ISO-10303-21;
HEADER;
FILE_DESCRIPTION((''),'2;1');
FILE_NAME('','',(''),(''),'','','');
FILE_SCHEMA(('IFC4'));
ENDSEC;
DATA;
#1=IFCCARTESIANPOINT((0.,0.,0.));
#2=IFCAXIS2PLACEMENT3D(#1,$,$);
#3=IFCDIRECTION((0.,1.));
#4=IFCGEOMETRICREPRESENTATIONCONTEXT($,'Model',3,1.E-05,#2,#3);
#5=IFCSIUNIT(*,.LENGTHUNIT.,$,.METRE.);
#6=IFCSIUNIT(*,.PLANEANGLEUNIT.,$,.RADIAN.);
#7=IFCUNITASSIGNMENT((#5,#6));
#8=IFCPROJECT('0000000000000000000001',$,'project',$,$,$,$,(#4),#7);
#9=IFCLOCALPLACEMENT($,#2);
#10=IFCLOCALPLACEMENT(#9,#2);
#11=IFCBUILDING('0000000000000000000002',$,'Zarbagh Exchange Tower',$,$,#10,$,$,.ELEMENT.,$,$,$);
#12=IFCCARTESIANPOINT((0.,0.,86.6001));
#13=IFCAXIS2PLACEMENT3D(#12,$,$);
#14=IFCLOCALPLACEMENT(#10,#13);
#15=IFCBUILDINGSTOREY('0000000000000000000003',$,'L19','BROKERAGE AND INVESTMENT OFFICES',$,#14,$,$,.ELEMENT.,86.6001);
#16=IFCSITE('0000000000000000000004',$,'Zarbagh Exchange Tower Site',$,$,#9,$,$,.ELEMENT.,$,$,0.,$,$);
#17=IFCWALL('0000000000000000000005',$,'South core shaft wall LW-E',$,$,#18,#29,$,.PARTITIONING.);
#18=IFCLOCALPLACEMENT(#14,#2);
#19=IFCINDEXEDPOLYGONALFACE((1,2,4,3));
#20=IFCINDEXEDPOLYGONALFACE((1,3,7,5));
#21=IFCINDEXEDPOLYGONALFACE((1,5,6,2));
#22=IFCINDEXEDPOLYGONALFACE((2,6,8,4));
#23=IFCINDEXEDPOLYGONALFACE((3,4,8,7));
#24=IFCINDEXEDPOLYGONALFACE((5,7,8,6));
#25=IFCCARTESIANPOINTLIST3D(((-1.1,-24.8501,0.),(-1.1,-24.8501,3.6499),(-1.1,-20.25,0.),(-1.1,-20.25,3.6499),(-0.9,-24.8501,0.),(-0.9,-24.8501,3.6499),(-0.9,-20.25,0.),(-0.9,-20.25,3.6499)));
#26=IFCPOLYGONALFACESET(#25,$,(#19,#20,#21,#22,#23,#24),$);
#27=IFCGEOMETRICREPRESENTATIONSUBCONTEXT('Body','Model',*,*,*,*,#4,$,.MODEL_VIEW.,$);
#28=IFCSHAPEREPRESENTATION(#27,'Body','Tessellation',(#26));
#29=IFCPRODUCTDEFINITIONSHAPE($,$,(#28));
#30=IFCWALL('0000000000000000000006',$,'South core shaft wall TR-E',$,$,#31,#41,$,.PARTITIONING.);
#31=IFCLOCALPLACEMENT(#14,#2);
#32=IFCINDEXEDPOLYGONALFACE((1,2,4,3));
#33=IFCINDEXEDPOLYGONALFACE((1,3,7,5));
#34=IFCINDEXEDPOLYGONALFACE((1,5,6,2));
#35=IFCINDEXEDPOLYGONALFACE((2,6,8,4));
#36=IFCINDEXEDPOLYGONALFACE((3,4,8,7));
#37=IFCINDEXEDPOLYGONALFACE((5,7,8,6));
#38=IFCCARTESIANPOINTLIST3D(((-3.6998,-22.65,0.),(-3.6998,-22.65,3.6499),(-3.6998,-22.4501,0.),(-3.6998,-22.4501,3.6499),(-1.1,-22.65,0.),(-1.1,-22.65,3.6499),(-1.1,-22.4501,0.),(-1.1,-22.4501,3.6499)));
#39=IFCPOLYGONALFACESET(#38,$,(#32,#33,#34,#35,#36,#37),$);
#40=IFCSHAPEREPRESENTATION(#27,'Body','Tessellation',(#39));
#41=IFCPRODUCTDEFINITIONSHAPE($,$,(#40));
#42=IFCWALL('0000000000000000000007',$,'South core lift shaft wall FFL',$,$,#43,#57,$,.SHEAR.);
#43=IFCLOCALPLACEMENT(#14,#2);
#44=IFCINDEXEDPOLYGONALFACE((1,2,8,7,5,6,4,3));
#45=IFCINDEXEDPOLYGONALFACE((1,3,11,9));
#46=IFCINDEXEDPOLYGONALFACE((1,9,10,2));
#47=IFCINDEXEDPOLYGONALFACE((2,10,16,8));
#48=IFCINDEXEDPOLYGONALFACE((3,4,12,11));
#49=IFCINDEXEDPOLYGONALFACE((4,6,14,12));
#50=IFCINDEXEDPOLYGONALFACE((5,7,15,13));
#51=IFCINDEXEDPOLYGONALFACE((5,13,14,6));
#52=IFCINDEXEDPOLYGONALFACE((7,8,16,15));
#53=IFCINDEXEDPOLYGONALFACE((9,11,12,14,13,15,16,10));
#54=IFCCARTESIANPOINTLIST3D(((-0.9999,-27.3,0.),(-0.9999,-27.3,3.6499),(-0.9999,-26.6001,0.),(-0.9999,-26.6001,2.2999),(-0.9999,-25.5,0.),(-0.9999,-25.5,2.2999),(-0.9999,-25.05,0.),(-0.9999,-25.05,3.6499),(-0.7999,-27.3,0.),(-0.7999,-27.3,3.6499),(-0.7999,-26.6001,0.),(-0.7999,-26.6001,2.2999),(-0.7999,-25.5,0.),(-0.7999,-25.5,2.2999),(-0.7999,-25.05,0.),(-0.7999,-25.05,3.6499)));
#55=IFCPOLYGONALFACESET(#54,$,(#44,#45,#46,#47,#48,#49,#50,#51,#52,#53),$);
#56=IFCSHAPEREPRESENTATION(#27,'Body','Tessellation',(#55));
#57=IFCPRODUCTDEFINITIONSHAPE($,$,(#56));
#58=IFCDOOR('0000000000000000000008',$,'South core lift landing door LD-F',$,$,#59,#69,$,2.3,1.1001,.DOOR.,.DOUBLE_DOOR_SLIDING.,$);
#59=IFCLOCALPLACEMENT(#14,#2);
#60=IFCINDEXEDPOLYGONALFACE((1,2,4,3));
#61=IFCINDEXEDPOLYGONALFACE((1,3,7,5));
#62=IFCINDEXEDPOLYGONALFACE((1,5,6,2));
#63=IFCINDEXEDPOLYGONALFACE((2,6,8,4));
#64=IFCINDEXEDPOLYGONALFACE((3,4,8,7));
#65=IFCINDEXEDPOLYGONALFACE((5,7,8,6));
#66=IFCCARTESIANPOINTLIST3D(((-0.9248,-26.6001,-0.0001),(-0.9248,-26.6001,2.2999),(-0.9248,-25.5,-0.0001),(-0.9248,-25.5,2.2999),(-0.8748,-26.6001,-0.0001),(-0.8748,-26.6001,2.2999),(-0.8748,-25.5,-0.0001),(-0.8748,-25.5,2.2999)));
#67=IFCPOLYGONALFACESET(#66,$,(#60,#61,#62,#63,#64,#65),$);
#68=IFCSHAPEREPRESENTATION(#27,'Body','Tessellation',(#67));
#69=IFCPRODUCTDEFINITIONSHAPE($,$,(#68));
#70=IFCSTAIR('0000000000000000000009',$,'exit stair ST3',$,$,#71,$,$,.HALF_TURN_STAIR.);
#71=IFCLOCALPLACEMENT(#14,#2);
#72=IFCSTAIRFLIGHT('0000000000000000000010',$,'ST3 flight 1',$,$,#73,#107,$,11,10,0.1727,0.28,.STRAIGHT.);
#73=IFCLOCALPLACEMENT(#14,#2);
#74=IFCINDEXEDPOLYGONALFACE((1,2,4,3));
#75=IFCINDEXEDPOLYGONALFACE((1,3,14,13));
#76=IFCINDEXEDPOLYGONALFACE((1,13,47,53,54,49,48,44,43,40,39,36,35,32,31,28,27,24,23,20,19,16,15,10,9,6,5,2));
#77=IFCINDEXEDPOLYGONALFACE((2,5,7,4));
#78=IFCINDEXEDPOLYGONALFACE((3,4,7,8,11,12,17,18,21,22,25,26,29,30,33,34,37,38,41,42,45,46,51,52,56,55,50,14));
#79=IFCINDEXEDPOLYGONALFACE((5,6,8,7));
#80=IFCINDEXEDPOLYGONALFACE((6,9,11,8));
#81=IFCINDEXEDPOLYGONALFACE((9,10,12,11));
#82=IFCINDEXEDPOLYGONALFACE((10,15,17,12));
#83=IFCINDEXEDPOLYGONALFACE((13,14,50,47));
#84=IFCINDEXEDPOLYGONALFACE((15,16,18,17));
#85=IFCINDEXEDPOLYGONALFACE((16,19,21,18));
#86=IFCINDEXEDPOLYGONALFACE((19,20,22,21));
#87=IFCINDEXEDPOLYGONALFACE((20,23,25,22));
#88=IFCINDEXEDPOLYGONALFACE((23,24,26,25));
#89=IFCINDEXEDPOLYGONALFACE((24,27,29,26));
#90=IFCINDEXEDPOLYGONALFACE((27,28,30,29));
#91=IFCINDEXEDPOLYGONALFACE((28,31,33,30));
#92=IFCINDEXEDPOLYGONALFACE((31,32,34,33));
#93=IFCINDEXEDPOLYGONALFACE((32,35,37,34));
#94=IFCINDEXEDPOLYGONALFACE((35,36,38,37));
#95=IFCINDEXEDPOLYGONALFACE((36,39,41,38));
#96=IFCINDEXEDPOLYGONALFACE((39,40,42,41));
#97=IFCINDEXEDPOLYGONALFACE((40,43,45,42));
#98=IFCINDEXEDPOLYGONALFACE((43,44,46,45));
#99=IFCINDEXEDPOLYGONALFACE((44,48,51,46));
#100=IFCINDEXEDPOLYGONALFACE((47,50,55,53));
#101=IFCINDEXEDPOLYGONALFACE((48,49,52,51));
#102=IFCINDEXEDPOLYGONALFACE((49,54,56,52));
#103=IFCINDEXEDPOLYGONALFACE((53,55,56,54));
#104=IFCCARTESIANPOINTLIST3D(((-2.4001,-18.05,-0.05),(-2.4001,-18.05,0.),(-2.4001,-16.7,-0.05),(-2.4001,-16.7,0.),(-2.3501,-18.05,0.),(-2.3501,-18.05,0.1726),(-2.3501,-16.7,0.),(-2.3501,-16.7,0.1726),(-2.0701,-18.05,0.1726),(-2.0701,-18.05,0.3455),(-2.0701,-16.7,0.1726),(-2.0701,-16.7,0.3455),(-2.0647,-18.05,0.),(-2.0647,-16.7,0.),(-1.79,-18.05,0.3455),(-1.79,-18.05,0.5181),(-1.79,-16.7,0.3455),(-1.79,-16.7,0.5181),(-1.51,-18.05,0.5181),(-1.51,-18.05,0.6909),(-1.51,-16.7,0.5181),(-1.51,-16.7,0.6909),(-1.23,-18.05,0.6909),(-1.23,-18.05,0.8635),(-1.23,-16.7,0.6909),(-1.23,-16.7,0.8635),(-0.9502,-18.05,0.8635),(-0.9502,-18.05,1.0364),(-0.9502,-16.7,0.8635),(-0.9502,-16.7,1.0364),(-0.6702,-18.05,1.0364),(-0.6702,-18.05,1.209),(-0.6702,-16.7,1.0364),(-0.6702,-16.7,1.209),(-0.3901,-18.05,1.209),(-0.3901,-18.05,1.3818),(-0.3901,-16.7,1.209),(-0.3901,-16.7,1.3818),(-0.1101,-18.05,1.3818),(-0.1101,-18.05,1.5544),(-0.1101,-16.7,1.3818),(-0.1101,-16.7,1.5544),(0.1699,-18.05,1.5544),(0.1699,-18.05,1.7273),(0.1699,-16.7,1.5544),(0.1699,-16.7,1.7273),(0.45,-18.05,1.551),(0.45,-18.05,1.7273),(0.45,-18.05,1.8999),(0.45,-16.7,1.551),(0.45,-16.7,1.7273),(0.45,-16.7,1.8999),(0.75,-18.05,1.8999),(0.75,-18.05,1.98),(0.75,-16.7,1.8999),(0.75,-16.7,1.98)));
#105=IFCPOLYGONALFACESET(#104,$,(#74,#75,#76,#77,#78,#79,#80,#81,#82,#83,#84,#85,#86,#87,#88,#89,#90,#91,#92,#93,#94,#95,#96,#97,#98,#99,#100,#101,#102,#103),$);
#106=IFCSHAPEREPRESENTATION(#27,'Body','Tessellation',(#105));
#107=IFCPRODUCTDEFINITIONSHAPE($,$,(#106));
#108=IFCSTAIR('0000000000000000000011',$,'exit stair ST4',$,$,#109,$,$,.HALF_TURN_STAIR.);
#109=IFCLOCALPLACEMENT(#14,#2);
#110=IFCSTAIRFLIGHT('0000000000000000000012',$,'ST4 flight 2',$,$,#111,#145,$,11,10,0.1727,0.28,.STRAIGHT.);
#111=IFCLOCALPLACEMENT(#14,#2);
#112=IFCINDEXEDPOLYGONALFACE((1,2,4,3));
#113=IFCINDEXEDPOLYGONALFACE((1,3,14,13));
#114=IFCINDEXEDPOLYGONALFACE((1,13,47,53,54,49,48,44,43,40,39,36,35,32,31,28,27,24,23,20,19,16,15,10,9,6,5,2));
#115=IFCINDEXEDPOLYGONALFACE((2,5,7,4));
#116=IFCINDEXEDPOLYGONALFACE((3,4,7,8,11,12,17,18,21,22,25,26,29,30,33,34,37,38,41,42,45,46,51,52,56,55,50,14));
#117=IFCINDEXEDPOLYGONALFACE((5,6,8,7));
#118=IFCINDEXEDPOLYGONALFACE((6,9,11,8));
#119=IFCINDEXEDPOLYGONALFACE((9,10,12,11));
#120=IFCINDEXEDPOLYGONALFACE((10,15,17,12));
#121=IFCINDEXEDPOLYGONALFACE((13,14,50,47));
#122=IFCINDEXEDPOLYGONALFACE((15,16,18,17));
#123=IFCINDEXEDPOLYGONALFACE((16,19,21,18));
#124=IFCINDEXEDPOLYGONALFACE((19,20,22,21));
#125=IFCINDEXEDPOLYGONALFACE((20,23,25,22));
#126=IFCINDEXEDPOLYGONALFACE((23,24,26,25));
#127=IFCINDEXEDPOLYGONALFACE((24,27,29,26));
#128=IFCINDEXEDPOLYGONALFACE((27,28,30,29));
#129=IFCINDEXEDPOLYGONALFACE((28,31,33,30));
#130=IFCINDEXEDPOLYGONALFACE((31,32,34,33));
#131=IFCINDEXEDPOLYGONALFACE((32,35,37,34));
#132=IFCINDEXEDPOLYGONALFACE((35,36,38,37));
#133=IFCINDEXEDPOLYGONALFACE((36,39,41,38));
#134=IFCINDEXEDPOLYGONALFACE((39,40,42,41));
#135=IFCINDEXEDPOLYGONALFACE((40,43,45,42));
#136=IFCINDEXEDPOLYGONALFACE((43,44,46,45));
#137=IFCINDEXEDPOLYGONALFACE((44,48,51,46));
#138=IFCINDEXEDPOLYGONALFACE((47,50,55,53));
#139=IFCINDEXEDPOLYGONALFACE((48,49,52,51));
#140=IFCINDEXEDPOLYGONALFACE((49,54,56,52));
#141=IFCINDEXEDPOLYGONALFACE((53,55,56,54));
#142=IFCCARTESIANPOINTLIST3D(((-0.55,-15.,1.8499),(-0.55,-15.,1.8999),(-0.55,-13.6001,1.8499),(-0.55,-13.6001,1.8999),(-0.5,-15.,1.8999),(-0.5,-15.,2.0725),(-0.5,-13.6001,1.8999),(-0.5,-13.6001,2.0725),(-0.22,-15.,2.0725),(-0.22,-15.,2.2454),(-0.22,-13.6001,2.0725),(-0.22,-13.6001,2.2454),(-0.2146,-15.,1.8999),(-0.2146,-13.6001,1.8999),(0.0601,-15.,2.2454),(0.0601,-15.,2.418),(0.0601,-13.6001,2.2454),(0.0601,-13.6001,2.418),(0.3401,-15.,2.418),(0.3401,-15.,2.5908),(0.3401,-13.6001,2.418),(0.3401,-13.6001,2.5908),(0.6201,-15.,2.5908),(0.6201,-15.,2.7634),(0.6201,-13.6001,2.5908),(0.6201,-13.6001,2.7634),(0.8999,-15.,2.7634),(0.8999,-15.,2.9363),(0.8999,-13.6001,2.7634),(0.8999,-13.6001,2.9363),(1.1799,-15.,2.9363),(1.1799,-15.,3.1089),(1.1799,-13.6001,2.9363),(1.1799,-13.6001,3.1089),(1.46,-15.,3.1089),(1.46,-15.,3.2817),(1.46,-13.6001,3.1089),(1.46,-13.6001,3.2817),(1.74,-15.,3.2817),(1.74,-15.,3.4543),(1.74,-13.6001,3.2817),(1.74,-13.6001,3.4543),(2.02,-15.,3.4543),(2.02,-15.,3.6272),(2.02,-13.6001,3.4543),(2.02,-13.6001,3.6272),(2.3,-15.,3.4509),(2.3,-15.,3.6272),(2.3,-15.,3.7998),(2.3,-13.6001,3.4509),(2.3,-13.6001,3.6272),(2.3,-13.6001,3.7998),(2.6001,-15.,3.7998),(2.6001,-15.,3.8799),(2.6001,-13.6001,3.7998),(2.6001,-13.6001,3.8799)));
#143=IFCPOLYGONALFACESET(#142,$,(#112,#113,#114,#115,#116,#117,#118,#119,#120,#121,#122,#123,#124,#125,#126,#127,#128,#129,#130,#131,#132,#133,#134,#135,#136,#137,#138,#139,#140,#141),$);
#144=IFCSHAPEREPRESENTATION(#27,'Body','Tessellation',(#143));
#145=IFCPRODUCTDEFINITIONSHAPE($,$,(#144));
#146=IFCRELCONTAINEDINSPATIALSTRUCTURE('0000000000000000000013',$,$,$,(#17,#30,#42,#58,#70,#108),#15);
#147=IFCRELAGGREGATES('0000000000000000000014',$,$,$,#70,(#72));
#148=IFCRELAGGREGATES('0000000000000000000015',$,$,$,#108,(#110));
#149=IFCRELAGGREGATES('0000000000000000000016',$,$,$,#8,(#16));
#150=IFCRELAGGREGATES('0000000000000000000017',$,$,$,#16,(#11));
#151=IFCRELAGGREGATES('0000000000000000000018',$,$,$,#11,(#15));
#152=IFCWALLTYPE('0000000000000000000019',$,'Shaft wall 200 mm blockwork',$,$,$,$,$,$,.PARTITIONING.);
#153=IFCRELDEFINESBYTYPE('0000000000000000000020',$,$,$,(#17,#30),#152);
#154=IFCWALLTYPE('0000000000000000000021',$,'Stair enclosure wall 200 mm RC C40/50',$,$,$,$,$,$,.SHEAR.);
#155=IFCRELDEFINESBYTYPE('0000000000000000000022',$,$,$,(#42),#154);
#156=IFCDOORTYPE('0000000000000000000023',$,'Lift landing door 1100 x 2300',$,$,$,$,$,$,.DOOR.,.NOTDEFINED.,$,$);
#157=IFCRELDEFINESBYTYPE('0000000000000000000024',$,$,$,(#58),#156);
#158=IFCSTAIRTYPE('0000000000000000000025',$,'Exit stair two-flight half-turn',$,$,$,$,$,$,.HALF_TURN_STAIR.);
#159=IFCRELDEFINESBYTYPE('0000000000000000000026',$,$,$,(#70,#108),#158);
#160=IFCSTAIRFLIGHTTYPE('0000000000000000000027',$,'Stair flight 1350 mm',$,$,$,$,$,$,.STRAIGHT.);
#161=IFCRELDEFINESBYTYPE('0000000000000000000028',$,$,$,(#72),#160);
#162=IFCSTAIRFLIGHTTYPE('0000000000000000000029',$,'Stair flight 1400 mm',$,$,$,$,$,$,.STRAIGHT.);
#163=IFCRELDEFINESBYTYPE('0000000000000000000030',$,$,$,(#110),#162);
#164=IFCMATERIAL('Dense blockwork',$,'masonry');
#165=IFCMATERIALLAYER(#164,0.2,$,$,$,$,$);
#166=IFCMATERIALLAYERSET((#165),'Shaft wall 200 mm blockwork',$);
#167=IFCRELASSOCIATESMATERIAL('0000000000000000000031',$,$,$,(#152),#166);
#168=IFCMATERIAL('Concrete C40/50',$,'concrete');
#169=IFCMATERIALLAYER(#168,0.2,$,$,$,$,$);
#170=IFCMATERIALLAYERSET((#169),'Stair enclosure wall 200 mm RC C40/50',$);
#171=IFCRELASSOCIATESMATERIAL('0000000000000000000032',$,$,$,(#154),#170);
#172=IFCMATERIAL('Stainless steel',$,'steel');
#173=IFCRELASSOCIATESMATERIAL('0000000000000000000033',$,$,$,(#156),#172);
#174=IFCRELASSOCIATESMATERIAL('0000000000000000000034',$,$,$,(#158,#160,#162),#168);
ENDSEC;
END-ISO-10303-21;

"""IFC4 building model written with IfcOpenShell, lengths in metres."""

from ifc_helpers import new_model, si_unit, direction, frame, frame_2d, origin, place, context, subcontext, project, spatial, polyline, rectangle, outline, extrude, material, layer, layer_set, type_object, element, fill, aggregate, save


model = new_model("IFC4")

# Units and contexts
model_context = context("Model", 3, precision=1e-05, world=origin(), true_north=direction((0.0, 1.0)))
body_context = subcontext(model_context, "Body", "Model", "MODEL_VIEW")
ifc_project = project(units=[si_unit("LENGTHUNIT", "METRE"), si_unit("PLANEANGLEUNIT", "RADIAN")], contexts=[model_context])

# Site, building, storey
site_placement = place(None, origin())
site = spatial("IfcSite", under=ifc_project, at=site_placement, Name="Zarbagh Exchange Tower Site", CompositionType="ELEMENT", RefElevation=0.0)
building_placement = place(site_placement, origin())
building = spatial("IfcBuilding", under=site, at=building_placement, Name="Zarbagh Exchange Tower", CompositionType="ELEMENT")
storey_placement = place(building_placement, frame((0.0, 0.0, 86.6001)))
storey = spatial("IfcBuildingStorey", under=building, at=storey_placement, Name="L19", Description="BROKERAGE AND INVESTMENT OFFICES", CompositionType="ELEMENT", Elevation=86.6001)

# Shared definitions
ifc_material_1 = material(Name="Concrete C40/50", Category="concrete")

# Walls
ifc_material_2 = material(Name="Dense blockwork", Category="masonry")
ifc_layer_1 = layer(ifc_material_2, 0.2)
ifc_layer_set_1 = layer_set([ifc_layer_1], Name="Shaft wall 200 mm blockwork")
wall_type_1 = type_object("IfcWallType", Name="Shaft wall 200 mm blockwork", PredefinedType="PARTITIONING", material=ifc_layer_set_1)
wall_1_placement = place(storey_placement, frame((-1.0, -24.8501, 0.0), z_axis=(0.0, 0.0, 1.0), x_axis=(0.0, 1.0, 0.0)))
element("IfcWall", 1, at=wall_1_placement, inside=storey, type_object=wall_type_1, Name="South core shaft wall LW-E", PredefinedType="PARTITIONING", context=body_context, shape_type="SweptSolid", body=[
    extrude(rectangle(XDim=4.6001, YDim=0.2, at=frame_2d((2.3, 0.0))), origin(), (0.0, 0.0, 1.0), 3.6499),
])
wall_2_placement = place(storey_placement, frame((-1.1001, -22.55, 0.0), z_axis=(0.0, 0.0, 1.0), x_axis=(-1.0, 0.0, 0.0)))
element("IfcWall", 2, at=wall_2_placement, inside=storey, type_object=wall_type_1, Name="South core shaft wall TR-E", PredefinedType="PARTITIONING", context=body_context, shape_type="SweptSolid", body=[
    extrude(rectangle(XDim=2.5999, YDim=0.2, at=frame_2d((1.2998, 0.0))), origin(), (0.0, 0.0, 1.0), 3.6499),
])

# Wall, opening, door
ifc_layer_2 = layer(ifc_material_1, 0.2)
ifc_layer_set_2 = layer_set([ifc_layer_2], Name="Stair enclosure wall 200 mm RC C40/50")
wall_type_2 = type_object("IfcWallType", Name="Stair enclosure wall 200 mm RC C40/50", PredefinedType="SHEAR", material=ifc_layer_set_2)
wall_3_placement = place(storey_placement, frame((-0.8999, -27.3, 0.0), z_axis=(0.0, 0.0, 1.0), x_axis=(0.0, 1.0, 0.0)))
wall_3 = element("IfcWall", 3, at=wall_3_placement, inside=storey, type_object=wall_type_2, Name="South core lift shaft wall FFL", PredefinedType="SHEAR", context=body_context, shape_type="SweptSolid", body=[
    extrude(rectangle(XDim=2.25, YDim=0.2, at=frame_2d((1.125, 0.0))), origin(), (0.0, 0.0, 1.0), 3.6499),
])
opening_1_placement = place(wall_3_placement, frame((0.7, 0.0, 0.0)))
opening_1 = element("IfcOpeningElement", 4, at=opening_1_placement, cuts=wall_3, PredefinedType="OPENING", context=body_context, shape_type="SweptSolid", body=[
    extrude(rectangle(XDim=1.1001, YDim=2.3, at=frame_2d((0.55, 1.1499))), frame((0.0, 0.1099, 0.0), z_axis=(0.0, -1.0, 0.0), x_axis=(1.0, 0.0, 0.0)), (0.0, 0.0, 1.0), 0.22),
])
ifc_material_3 = material(Name="Stainless steel", Category="steel")
door_type_1 = type_object("IfcDoorType", Name="Lift landing door 1100 x 2300", OperationType="NOTDEFINED", PredefinedType="DOOR", material=ifc_material_3)
door_1_placement = place(opening_1_placement, origin())
door_1 = element("IfcDoor", 5, at=door_1_placement, inside=storey, type_object=door_type_1, Name="South core lift landing door LD-F", OperationType="DOUBLE_DOOR_SLIDING", OverallHeight=2.3, OverallWidth=1.1001, PredefinedType="DOOR", context=body_context, shape_type="SweptSolid", body=[
    extrude(rectangle(XDim=1.1001, YDim=2.3, at=frame_2d((0.55, 1.1499))), frame((0.0, 0.0249, 0.0), z_axis=(0.0, -1.0, 0.0), x_axis=(1.0, 0.0, 0.0)), (0.0, 0.0, 1.0), 0.05),
])
fill(opening_1, door_1)

# Stairs, stair flights
stair_type = type_object("IfcStairType", Name="Exit stair two-flight half-turn", PredefinedType="HALF_TURN_STAIR", material=ifc_material_1)
stair_1_placement = place(storey_placement, origin())
stair_1 = element("IfcStair", 6, at=stair_1_placement, inside=storey, type_object=stair_type, Name="exit stair ST3", PredefinedType="HALF_TURN_STAIR")
stair_flight_type_1 = type_object("IfcStairFlightType", Name="Stair flight 1350 mm", PredefinedType="STRAIGHT", material=ifc_material_1)
stair_flight_1_placement = place(storey_placement, frame((-2.3501, -17.375, 0.0), z_axis=(0.0, 0.0, 1.0), x_axis=(1.0, 0.0, 0.0)))
stair_flight_1 = element("IfcStairFlight", 7, at=stair_flight_1_placement, type_object=stair_flight_type_1, Name="ST3 flight 1", NumberOfRisers=11, NumberOfTreads=10, PredefinedType="STRAIGHT", RiserHeight=0.1727, TreadLength=0.28, context=body_context, shape_type="SweptSolid", body=[
    extrude(outline(polyline([(-0.05, -0.05), (-0.05, 0.0), (0.0, 0.0), (0.0, 0.1726), (0.28, 0.1726), (0.28, 0.3455), (0.5601, 0.3455), (0.5601, 0.5181), (0.8401, 0.5181), (0.8401, 0.6909), (1.1201, 0.6909), (1.1201, 0.8635), (1.3999, 0.8635), (1.3999, 1.0364), (1.6799, 1.0364), (1.6799, 1.209), (1.96, 1.209), (1.96, 1.3818), (2.24, 1.3818), (2.24, 1.5544), (2.52, 1.5544), (2.52, 1.7273), (2.8, 1.7273), (2.8, 1.8999), (3.1001, 1.98), (3.1001, 1.8999), (2.8, 1.551), (0.2854, 0.0), (-0.05, -0.05)])), frame((0.0, 0.675, 0.0), z_axis=(0.0, -1.0, 0.0), x_axis=(1.0, 0.0, 0.0)), (0.0, 0.0, 1.0), 1.3501),
])
aggregate(stair_1, [stair_flight_1])
stair_2_placement = place(storey_placement, origin())
stair_2 = element("IfcStair", 8, at=stair_2_placement, inside=storey, type_object=stair_type, Name="exit stair ST4", PredefinedType="HALF_TURN_STAIR")
stair_flight_type_2 = type_object("IfcStairFlightType", Name="Stair flight 1400 mm", PredefinedType="STRAIGHT", material=ifc_material_1)
stair_flight_2_placement = place(storey_placement, frame((-0.5, -14.3, 1.8999), z_axis=(0.0, 0.0, 1.0), x_axis=(1.0, 0.0, 0.0)))
stair_flight_2 = element("IfcStairFlight", 9, at=stair_flight_2_placement, type_object=stair_flight_type_2, Name="ST4 flight 2", NumberOfRisers=11, NumberOfTreads=10, PredefinedType="STRAIGHT", RiserHeight=0.1727, TreadLength=0.28, context=body_context, shape_type="SweptSolid", body=[
    extrude(outline(polyline([(-0.05, -0.05), (-0.05, 0.0), (0.0, 0.0), (0.0, 0.1726), (0.28, 0.1726), (0.28, 0.3455), (0.5601, 0.3455), (0.5601, 0.5181), (0.8401, 0.5181), (0.8401, 0.6909), (1.1201, 0.6909), (1.1201, 0.8635), (1.3999, 0.8635), (1.3999, 1.0364), (1.6799, 1.0364), (1.6799, 1.209), (1.96, 1.209), (1.96, 1.3818), (2.24, 1.3818), (2.24, 1.5544), (2.52, 1.5544), (2.52, 1.7273), (2.8, 1.7273), (2.8, 1.8999), (3.1001, 1.98), (3.1001, 1.8999), (2.8, 1.551), (0.2854, 0.0), (-0.05, -0.05)])), frame((0.0, 0.7, 0.0), z_axis=(0.0, -1.0, 0.0), x_axis=(1.0, 0.0, 0.0)), (0.0, 0.0, 1.0), 1.3999),
])
aggregate(stair_2, [stair_flight_2])

save(model, "model.ifc")
